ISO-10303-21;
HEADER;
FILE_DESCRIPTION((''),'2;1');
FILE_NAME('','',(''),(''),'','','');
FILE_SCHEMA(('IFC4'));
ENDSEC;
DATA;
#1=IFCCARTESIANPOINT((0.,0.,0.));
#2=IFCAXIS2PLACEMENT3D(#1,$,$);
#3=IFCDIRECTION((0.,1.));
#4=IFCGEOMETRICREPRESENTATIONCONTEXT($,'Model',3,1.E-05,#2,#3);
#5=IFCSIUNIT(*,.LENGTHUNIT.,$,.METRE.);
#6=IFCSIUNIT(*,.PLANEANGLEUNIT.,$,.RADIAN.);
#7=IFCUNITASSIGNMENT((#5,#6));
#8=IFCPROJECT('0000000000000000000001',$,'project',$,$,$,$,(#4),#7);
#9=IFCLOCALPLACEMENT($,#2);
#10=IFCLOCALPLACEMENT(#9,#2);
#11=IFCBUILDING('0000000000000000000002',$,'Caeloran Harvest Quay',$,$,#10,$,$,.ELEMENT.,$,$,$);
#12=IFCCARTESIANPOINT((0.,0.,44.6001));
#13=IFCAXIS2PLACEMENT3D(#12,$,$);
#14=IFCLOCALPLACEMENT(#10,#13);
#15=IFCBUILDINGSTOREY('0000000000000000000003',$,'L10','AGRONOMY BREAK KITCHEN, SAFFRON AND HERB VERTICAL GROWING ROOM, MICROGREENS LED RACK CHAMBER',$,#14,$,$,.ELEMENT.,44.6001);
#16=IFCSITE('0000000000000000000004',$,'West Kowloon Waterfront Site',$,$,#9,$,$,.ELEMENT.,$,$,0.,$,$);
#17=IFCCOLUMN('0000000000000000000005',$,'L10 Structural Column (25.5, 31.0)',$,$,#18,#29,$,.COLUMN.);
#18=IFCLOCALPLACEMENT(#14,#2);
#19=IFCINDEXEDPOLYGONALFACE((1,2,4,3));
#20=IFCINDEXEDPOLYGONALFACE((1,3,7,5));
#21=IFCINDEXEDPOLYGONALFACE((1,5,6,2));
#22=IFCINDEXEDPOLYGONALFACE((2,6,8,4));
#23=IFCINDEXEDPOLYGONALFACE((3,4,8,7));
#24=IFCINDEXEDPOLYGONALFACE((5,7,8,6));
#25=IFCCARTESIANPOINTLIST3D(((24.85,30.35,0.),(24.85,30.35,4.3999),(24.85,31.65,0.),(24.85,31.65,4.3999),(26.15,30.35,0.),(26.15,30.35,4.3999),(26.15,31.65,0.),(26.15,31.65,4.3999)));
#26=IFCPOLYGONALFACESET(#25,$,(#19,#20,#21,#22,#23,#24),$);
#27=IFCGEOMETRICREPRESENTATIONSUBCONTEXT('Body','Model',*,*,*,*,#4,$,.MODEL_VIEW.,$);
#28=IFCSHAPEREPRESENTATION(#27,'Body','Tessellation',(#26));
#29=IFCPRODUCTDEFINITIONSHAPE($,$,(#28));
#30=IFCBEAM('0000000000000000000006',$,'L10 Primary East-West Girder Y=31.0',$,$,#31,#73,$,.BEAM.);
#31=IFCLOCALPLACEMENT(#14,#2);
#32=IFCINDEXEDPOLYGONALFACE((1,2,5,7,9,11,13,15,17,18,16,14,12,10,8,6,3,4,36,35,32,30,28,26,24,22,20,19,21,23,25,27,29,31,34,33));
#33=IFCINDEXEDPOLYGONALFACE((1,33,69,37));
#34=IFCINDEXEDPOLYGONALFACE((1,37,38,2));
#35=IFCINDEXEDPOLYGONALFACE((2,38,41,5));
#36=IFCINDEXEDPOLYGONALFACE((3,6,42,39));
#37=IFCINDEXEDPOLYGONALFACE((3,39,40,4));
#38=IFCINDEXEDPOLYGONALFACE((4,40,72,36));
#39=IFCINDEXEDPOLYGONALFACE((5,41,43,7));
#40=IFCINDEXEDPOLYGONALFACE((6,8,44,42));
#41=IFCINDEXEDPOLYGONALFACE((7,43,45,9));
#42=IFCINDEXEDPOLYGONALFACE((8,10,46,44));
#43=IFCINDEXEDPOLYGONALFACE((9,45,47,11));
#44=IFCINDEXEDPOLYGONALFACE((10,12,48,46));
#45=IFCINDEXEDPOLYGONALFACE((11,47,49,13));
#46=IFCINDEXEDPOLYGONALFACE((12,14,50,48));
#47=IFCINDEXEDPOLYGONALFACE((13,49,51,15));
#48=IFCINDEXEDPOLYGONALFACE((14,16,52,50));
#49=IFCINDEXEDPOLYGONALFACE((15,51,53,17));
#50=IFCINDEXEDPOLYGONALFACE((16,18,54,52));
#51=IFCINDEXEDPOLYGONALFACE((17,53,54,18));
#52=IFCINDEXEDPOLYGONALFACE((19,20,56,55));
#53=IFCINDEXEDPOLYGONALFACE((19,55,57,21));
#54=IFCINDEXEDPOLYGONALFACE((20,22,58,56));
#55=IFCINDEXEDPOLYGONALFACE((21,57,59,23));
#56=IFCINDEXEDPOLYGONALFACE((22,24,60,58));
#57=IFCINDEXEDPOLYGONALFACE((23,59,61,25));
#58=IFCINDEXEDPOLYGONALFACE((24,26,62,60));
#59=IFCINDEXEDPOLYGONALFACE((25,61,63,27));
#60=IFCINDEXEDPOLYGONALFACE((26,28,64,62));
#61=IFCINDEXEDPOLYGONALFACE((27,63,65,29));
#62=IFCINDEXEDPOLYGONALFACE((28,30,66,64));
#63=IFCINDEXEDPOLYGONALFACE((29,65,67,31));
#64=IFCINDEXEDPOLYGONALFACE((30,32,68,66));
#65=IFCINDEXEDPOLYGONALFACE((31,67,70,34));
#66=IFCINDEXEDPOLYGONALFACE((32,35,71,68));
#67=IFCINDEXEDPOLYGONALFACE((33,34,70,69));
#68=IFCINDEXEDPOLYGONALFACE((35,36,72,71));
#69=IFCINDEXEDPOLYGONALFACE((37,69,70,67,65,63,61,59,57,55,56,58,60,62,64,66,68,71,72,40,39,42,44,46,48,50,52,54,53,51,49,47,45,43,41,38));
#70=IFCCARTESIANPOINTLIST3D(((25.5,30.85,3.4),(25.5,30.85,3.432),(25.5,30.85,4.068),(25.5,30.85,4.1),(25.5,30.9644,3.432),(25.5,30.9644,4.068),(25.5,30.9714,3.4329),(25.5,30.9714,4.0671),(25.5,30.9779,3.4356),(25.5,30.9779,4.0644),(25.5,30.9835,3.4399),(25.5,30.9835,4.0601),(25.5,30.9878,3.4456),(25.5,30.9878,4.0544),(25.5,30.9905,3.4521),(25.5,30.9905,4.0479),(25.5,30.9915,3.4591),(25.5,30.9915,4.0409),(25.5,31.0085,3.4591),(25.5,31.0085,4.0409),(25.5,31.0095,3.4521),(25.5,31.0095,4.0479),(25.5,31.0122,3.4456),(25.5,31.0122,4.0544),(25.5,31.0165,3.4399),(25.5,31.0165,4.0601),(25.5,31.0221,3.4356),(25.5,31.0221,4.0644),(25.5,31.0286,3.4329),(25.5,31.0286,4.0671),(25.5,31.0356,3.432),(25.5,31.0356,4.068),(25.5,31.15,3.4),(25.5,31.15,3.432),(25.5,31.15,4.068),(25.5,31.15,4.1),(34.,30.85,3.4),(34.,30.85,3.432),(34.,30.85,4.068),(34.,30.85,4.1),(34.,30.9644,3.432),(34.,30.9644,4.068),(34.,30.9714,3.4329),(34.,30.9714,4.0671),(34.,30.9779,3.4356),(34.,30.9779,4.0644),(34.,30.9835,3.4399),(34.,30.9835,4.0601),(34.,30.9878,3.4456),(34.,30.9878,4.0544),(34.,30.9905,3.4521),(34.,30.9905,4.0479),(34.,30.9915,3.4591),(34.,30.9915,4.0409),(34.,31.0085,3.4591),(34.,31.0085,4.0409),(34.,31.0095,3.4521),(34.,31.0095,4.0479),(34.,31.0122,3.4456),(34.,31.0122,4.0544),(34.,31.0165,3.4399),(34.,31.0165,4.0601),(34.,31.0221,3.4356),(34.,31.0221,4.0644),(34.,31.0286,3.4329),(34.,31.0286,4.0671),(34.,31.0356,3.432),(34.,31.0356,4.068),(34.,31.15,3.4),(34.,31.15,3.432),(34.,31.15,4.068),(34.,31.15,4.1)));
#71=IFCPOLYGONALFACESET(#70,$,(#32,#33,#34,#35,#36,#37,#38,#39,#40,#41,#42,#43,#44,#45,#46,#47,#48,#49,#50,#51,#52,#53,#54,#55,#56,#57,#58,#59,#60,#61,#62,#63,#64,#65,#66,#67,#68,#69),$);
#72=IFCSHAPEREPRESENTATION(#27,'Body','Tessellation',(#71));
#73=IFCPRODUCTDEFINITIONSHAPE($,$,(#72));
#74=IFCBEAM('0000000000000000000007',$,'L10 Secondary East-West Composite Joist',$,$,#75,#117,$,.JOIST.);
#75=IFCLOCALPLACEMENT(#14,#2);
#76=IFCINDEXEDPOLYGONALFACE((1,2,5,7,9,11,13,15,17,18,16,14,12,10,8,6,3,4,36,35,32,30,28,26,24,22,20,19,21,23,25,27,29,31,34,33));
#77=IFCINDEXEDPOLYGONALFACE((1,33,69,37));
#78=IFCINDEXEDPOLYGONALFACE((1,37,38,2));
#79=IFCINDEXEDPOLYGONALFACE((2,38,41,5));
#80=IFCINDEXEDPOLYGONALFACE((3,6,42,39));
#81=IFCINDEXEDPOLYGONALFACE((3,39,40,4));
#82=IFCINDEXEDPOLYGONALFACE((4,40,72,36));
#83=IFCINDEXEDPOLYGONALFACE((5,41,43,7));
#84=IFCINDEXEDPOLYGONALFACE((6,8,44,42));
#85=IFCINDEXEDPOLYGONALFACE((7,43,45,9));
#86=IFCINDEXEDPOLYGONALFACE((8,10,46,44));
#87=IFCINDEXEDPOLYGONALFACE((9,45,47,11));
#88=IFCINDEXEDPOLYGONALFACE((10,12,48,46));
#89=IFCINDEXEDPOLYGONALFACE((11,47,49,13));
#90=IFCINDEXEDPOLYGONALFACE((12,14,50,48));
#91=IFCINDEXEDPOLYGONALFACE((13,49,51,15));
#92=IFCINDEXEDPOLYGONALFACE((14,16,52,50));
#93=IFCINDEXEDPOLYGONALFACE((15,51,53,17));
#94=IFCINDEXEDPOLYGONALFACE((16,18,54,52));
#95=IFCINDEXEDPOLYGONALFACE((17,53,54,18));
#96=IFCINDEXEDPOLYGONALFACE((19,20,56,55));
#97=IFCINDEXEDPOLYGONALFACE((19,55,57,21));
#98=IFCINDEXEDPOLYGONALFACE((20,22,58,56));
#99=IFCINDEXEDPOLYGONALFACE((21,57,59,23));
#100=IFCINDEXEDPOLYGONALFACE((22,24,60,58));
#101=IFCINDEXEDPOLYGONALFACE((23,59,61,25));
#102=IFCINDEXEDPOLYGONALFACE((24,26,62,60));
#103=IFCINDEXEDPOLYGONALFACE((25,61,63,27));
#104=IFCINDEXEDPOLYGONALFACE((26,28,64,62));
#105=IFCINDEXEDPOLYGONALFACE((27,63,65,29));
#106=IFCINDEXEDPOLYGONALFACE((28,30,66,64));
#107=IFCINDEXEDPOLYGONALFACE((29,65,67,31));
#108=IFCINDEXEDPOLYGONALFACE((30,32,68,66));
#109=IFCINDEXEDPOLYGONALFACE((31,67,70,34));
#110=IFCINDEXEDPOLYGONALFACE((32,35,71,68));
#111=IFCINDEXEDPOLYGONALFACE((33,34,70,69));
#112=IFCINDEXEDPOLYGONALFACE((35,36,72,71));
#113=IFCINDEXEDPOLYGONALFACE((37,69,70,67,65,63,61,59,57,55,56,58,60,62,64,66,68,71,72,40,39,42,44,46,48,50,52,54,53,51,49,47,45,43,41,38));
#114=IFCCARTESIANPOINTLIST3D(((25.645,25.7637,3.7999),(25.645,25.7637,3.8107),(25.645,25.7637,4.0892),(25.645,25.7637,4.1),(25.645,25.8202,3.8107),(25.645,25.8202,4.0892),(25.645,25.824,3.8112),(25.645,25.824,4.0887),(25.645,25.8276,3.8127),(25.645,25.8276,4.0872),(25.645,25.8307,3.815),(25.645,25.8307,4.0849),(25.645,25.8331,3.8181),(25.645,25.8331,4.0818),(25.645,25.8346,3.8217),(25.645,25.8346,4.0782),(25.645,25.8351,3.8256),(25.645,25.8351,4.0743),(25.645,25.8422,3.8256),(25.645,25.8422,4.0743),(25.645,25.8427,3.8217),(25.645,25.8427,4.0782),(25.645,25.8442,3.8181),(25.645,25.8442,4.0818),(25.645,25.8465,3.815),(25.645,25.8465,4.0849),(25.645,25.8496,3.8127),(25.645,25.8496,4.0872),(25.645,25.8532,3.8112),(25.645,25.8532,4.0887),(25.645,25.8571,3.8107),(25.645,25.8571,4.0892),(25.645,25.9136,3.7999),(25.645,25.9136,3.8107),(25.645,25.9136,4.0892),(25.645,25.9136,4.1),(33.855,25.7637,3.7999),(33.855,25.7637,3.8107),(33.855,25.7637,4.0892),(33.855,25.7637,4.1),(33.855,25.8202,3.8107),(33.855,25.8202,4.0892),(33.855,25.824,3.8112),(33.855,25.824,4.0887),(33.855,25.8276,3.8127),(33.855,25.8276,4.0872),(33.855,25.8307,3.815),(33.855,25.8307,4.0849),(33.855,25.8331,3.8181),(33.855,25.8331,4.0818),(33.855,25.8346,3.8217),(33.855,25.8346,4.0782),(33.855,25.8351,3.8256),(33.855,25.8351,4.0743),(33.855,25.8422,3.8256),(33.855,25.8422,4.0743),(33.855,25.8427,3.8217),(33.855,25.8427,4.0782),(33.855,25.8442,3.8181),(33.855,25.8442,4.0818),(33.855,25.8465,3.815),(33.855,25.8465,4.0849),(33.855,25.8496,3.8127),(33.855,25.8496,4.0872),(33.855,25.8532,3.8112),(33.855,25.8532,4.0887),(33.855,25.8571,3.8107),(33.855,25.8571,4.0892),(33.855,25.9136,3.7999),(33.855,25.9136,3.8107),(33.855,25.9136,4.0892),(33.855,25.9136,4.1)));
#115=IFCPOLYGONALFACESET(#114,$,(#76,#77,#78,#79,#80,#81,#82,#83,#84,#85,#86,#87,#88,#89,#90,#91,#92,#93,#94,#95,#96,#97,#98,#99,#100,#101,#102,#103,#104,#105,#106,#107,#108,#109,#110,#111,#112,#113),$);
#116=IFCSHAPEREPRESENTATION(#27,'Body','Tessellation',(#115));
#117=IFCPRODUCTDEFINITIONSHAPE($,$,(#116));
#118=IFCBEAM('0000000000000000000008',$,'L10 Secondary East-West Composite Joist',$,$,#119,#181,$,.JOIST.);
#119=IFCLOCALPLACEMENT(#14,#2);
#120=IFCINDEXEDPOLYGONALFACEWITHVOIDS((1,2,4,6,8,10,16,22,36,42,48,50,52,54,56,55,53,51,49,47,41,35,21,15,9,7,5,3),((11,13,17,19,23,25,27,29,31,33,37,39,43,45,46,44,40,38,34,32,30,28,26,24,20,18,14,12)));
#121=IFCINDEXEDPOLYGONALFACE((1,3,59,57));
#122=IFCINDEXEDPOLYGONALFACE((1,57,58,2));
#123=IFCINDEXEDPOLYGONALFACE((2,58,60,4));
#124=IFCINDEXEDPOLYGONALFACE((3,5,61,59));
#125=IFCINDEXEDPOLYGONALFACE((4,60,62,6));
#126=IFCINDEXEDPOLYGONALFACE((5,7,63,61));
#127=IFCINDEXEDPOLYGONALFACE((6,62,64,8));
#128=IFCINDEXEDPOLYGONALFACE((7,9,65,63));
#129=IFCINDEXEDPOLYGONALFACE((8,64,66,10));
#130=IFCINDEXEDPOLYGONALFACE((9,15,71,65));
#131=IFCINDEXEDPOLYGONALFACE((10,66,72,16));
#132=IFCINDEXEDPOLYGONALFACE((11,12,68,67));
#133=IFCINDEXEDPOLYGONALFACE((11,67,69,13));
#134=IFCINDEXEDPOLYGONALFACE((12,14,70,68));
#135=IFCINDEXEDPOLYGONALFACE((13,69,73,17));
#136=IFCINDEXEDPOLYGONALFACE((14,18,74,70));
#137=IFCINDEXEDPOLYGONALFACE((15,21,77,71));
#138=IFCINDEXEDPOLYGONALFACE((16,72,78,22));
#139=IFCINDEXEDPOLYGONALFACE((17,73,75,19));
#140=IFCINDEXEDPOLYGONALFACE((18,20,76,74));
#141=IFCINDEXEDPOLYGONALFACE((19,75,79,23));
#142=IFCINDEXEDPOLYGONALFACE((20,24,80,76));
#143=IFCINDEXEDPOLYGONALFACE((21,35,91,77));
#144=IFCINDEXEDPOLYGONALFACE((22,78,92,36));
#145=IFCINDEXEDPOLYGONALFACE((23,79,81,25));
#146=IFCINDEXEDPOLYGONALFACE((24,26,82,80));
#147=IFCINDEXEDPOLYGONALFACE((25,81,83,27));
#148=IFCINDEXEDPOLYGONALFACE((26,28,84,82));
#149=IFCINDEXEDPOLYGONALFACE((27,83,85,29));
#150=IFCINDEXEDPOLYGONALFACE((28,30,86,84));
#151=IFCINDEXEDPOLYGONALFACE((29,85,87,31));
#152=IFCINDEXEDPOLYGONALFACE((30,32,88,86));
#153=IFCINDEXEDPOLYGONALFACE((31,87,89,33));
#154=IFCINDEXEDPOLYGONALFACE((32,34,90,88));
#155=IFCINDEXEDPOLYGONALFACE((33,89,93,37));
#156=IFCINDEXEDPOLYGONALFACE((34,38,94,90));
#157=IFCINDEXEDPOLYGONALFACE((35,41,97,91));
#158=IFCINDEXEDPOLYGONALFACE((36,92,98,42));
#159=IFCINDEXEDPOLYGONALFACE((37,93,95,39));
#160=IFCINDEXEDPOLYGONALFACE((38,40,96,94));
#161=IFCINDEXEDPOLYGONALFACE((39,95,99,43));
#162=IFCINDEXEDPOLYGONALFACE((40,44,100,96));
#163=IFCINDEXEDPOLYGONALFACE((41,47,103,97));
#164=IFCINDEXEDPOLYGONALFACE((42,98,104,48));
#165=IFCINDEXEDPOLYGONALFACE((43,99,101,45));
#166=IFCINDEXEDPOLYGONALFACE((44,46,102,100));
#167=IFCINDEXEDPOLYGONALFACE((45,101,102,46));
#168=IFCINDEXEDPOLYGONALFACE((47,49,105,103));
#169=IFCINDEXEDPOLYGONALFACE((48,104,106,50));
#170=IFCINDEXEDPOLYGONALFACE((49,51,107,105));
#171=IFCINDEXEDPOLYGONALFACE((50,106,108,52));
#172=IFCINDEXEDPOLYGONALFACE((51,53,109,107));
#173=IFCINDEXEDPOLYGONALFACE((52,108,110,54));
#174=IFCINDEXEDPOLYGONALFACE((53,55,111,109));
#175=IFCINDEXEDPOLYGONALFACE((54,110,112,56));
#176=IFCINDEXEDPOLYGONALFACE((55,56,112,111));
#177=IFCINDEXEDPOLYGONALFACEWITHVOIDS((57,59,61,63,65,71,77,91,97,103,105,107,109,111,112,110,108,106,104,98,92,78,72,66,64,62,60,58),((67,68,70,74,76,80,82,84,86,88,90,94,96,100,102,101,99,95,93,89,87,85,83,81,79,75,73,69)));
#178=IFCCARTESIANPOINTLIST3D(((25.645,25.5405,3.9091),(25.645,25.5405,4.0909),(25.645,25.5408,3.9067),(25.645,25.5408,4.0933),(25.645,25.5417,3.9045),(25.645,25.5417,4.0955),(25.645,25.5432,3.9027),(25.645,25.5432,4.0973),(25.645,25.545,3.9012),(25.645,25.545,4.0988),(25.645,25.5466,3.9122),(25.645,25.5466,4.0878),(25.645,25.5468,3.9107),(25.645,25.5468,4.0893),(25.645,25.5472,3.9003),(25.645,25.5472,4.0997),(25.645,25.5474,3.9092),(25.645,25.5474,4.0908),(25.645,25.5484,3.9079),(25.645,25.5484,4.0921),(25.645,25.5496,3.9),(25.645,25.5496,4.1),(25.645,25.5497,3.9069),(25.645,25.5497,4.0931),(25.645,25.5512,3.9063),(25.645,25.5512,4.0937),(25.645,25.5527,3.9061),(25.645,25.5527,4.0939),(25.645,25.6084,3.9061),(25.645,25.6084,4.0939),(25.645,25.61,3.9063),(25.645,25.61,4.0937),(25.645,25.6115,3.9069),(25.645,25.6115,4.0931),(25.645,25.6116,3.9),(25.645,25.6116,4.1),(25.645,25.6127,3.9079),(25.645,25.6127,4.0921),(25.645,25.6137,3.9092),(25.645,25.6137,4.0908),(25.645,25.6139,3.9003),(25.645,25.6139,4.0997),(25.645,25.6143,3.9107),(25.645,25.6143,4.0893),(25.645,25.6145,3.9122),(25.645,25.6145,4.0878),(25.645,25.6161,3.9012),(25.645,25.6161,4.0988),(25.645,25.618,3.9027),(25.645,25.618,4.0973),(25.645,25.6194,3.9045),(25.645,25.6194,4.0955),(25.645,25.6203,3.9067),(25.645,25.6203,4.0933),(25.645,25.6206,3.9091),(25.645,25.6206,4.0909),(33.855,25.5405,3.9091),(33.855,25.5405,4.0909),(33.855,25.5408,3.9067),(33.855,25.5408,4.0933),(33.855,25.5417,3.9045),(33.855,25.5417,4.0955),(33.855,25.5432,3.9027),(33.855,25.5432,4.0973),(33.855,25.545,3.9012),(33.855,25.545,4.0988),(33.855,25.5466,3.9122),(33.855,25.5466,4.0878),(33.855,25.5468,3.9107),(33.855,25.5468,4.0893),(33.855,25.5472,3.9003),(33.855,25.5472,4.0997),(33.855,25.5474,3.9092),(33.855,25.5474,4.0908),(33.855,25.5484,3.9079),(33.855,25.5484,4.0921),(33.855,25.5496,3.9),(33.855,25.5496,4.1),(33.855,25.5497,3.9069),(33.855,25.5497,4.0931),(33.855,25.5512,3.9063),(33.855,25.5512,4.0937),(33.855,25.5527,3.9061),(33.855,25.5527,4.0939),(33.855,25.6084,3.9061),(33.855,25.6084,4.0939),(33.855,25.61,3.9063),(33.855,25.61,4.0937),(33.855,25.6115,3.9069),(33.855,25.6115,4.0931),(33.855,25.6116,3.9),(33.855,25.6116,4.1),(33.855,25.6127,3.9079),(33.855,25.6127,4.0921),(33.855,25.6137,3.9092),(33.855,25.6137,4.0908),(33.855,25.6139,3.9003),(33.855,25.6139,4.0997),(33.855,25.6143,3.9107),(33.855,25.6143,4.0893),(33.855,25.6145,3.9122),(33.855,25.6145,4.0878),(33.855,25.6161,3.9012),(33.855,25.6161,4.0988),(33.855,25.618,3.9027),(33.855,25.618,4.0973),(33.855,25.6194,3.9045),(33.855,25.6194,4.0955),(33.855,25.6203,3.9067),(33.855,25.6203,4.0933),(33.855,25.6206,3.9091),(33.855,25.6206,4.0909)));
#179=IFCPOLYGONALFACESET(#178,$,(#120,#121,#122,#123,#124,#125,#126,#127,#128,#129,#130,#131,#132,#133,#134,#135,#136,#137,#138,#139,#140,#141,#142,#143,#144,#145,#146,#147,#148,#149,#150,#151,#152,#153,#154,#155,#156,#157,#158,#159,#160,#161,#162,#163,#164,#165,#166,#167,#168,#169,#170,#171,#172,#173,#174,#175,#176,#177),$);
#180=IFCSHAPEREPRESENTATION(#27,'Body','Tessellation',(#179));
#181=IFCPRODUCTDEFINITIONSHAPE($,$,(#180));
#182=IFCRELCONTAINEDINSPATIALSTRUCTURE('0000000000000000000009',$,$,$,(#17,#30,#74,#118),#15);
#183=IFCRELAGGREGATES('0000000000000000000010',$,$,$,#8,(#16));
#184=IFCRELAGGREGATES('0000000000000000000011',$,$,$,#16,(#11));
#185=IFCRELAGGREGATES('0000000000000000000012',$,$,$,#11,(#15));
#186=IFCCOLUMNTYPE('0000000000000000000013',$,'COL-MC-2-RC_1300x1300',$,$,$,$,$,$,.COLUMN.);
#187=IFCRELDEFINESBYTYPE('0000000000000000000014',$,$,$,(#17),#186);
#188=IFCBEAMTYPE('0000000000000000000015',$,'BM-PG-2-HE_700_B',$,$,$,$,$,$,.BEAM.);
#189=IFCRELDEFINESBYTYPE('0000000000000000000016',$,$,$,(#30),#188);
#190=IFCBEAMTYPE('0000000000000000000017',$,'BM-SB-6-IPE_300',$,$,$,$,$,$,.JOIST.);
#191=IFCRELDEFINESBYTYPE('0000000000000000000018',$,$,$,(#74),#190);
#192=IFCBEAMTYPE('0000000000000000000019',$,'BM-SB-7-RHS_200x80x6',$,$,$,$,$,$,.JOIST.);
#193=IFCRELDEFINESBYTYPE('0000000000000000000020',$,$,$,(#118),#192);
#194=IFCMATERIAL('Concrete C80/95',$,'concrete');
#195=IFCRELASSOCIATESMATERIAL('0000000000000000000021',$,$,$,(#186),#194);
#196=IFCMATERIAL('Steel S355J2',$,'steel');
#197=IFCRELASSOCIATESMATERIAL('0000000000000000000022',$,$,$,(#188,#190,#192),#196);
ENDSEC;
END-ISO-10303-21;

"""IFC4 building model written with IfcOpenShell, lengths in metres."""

from ifc_helpers import new_model, si_unit, direction, frame, origin, origin_2d, place, context, subcontext, project, spatial, rectangle, hollow_rectangle, i_section, extrude, material, material_profile, profile_set, type_object, element, save


model = new_model("IFC4")

# Units and contexts
model_context = context("Model", 3, precision=1e-05, world=origin(), true_north=direction((0.0, 1.0)))
body_context = subcontext(model_context, "Body", "Model", "MODEL_VIEW")
ifc_project = project(units=[si_unit("LENGTHUNIT", "METRE"), si_unit("PLANEANGLEUNIT", "RADIAN")], contexts=[model_context])

# Site, building, storey
site_placement = place(None, origin())
site = spatial("IfcSite", under=ifc_project, at=site_placement, Name="West Kowloon Waterfront Site", CompositionType="ELEMENT", RefElevation=0.0)
building_placement = place(site_placement, origin())
building = spatial("IfcBuilding", under=site, at=building_placement, Name="Caeloran Harvest Quay", CompositionType="ELEMENT")
storey_placement = place(building_placement, frame((0.0, 0.0, 44.6001)))
storey = spatial("IfcBuildingStorey", under=building, at=storey_placement, Name="L10", Description="AGRONOMY BREAK KITCHEN, SAFFRON AND HERB VERTICAL GROWING ROOM, MICROGREENS LED RACK CHAMBER", CompositionType="ELEMENT", Elevation=44.6001)

# Column
ifc_material_1 = material(Name="Concrete C80/95", Category="concrete")
ifc_material_profile_1 = material_profile(ifc_material_1, rectangle(XDim=1.3, YDim=1.3, at=origin_2d()), Name="RC 1300x1300")
ifc_profile_set_1 = profile_set([ifc_material_profile_1], Name="Concrete C80/95")
column_type = type_object("IfcColumnType", Name="COL-MC-2-RC_1300x1300", PredefinedType="COLUMN", material=ifc_profile_set_1)
column_placement = place(storey_placement, frame((25.5, 31.0, 0.0), z_axis=(0.0, 0.0, 1.0), x_axis=(1.0, 0.0, 0.0)))
element("IfcColumn", 1, at=column_placement, inside=storey, type_object=column_type, Name="L10 Structural Column (25.5, 31.0)", PredefinedType="COLUMN", context=body_context, shape_type="SweptSolid", body=[
    extrude(rectangle(XDim=1.3, YDim=1.3, at=origin_2d()), origin(), (0.0, 0.0, 1.0), 4.3999),
])

# Beams
ifc_material_2 = material(Name="Steel S355J2", Category="steel")
ifc_material_profile_2 = material_profile(ifc_material_2, i_section(OverallWidth=0.3, OverallDepth=0.7, WebThickness=0.0171, FlangeThickness=0.032, FilletRadius=0.0271, at=origin_2d()), Name="HE 700 B")
ifc_profile_set_2 = profile_set([ifc_material_profile_2], Name="Steel S355J2")
beam_type_1 = type_object("IfcBeamType", Name="BM-PG-2-HE_700_B", PredefinedType="BEAM", material=ifc_profile_set_2)
beam_1_placement = place(storey_placement, frame((25.5, 31.0, 3.75), z_axis=(1.0, 0.0, 0.0), x_axis=(0.0, 1.0, 0.0)))
element("IfcBeam", 2, at=beam_1_placement, inside=storey, type_object=beam_type_1, Name="L10 Primary East-West Girder Y=31.0", PredefinedType="BEAM", context=body_context, shape_type="SweptSolid", body=[
    extrude(i_section(OverallWidth=0.3, OverallDepth=0.7, WebThickness=0.0171, FlangeThickness=0.032, FilletRadius=0.0271, at=origin_2d()), origin(), (0.0, 0.0, 1.0), 8.5),
])
ifc_material_profile_3 = material_profile(ifc_material_2, i_section(OverallWidth=0.1499, OverallDepth=0.3, WebThickness=0.0071, FlangeThickness=0.0107, FilletRadius=0.0149, at=origin_2d()), Name="IPE 300")
ifc_profile_set_3 = profile_set([ifc_material_profile_3], Name="Steel S355J2")
beam_type_2 = type_object("IfcBeamType", Name="BM-SB-6-IPE_300", PredefinedType="JOIST", material=ifc_profile_set_3)
beam_2_placement = place(storey_placement, frame((25.645, 25.8386, 3.95), z_axis=(1.0, 0.0, 0.0), x_axis=(0.0, 1.0, 0.0)))
element("IfcBeam", 3, at=beam_2_placement, inside=storey, type_object=beam_type_2, Name="L10 Secondary East-West Composite Joist", PredefinedType="JOIST", context=body_context, shape_type="SweptSolid", body=[
    extrude(i_section(OverallWidth=0.1499, OverallDepth=0.3, WebThickness=0.0071, FlangeThickness=0.0107, FilletRadius=0.0149, at=origin_2d()), origin(), (0.0, 0.0, 1.0), 8.21),
])
ifc_material_profile_4 = material_profile(ifc_material_2, hollow_rectangle(XDim=0.0801, YDim=0.2, WallThickness=0.0061, InnerFilletRadius=0.0061, OuterFilletRadius=0.009, at=origin_2d()), Name="RHS 200x80x6")
ifc_profile_set_4 = profile_set([ifc_material_profile_4], Name="Steel S355J2")
beam_type_3 = type_object("IfcBeamType", Name="BM-SB-7-RHS_200x80x6", PredefinedType="JOIST", material=ifc_profile_set_4)
for number, where, z_axis, x_axis, name in (
    (4, (25.645, 25.5806, 4.0), (1.0, 0.0, 0.0), (0.0, 1.0, 0.0), "L10 Secondary East-West Composite Joist"),
):
    element("IfcBeam", number, at=place(storey_placement, frame(where, z_axis=z_axis, x_axis=x_axis)), inside=storey, type_object=beam_type_3, Name=name, PredefinedType="JOIST", context=body_context, shape_type="SweptSolid", body=[
        extrude(hollow_rectangle(XDim=0.0801, YDim=0.2, WallThickness=0.0061, InnerFilletRadius=0.0061, OuterFilletRadius=0.009, at=origin_2d()), origin(), (0.0, 0.0, 1.0), 8.21),
    ])

save(model, "model.ifc")
